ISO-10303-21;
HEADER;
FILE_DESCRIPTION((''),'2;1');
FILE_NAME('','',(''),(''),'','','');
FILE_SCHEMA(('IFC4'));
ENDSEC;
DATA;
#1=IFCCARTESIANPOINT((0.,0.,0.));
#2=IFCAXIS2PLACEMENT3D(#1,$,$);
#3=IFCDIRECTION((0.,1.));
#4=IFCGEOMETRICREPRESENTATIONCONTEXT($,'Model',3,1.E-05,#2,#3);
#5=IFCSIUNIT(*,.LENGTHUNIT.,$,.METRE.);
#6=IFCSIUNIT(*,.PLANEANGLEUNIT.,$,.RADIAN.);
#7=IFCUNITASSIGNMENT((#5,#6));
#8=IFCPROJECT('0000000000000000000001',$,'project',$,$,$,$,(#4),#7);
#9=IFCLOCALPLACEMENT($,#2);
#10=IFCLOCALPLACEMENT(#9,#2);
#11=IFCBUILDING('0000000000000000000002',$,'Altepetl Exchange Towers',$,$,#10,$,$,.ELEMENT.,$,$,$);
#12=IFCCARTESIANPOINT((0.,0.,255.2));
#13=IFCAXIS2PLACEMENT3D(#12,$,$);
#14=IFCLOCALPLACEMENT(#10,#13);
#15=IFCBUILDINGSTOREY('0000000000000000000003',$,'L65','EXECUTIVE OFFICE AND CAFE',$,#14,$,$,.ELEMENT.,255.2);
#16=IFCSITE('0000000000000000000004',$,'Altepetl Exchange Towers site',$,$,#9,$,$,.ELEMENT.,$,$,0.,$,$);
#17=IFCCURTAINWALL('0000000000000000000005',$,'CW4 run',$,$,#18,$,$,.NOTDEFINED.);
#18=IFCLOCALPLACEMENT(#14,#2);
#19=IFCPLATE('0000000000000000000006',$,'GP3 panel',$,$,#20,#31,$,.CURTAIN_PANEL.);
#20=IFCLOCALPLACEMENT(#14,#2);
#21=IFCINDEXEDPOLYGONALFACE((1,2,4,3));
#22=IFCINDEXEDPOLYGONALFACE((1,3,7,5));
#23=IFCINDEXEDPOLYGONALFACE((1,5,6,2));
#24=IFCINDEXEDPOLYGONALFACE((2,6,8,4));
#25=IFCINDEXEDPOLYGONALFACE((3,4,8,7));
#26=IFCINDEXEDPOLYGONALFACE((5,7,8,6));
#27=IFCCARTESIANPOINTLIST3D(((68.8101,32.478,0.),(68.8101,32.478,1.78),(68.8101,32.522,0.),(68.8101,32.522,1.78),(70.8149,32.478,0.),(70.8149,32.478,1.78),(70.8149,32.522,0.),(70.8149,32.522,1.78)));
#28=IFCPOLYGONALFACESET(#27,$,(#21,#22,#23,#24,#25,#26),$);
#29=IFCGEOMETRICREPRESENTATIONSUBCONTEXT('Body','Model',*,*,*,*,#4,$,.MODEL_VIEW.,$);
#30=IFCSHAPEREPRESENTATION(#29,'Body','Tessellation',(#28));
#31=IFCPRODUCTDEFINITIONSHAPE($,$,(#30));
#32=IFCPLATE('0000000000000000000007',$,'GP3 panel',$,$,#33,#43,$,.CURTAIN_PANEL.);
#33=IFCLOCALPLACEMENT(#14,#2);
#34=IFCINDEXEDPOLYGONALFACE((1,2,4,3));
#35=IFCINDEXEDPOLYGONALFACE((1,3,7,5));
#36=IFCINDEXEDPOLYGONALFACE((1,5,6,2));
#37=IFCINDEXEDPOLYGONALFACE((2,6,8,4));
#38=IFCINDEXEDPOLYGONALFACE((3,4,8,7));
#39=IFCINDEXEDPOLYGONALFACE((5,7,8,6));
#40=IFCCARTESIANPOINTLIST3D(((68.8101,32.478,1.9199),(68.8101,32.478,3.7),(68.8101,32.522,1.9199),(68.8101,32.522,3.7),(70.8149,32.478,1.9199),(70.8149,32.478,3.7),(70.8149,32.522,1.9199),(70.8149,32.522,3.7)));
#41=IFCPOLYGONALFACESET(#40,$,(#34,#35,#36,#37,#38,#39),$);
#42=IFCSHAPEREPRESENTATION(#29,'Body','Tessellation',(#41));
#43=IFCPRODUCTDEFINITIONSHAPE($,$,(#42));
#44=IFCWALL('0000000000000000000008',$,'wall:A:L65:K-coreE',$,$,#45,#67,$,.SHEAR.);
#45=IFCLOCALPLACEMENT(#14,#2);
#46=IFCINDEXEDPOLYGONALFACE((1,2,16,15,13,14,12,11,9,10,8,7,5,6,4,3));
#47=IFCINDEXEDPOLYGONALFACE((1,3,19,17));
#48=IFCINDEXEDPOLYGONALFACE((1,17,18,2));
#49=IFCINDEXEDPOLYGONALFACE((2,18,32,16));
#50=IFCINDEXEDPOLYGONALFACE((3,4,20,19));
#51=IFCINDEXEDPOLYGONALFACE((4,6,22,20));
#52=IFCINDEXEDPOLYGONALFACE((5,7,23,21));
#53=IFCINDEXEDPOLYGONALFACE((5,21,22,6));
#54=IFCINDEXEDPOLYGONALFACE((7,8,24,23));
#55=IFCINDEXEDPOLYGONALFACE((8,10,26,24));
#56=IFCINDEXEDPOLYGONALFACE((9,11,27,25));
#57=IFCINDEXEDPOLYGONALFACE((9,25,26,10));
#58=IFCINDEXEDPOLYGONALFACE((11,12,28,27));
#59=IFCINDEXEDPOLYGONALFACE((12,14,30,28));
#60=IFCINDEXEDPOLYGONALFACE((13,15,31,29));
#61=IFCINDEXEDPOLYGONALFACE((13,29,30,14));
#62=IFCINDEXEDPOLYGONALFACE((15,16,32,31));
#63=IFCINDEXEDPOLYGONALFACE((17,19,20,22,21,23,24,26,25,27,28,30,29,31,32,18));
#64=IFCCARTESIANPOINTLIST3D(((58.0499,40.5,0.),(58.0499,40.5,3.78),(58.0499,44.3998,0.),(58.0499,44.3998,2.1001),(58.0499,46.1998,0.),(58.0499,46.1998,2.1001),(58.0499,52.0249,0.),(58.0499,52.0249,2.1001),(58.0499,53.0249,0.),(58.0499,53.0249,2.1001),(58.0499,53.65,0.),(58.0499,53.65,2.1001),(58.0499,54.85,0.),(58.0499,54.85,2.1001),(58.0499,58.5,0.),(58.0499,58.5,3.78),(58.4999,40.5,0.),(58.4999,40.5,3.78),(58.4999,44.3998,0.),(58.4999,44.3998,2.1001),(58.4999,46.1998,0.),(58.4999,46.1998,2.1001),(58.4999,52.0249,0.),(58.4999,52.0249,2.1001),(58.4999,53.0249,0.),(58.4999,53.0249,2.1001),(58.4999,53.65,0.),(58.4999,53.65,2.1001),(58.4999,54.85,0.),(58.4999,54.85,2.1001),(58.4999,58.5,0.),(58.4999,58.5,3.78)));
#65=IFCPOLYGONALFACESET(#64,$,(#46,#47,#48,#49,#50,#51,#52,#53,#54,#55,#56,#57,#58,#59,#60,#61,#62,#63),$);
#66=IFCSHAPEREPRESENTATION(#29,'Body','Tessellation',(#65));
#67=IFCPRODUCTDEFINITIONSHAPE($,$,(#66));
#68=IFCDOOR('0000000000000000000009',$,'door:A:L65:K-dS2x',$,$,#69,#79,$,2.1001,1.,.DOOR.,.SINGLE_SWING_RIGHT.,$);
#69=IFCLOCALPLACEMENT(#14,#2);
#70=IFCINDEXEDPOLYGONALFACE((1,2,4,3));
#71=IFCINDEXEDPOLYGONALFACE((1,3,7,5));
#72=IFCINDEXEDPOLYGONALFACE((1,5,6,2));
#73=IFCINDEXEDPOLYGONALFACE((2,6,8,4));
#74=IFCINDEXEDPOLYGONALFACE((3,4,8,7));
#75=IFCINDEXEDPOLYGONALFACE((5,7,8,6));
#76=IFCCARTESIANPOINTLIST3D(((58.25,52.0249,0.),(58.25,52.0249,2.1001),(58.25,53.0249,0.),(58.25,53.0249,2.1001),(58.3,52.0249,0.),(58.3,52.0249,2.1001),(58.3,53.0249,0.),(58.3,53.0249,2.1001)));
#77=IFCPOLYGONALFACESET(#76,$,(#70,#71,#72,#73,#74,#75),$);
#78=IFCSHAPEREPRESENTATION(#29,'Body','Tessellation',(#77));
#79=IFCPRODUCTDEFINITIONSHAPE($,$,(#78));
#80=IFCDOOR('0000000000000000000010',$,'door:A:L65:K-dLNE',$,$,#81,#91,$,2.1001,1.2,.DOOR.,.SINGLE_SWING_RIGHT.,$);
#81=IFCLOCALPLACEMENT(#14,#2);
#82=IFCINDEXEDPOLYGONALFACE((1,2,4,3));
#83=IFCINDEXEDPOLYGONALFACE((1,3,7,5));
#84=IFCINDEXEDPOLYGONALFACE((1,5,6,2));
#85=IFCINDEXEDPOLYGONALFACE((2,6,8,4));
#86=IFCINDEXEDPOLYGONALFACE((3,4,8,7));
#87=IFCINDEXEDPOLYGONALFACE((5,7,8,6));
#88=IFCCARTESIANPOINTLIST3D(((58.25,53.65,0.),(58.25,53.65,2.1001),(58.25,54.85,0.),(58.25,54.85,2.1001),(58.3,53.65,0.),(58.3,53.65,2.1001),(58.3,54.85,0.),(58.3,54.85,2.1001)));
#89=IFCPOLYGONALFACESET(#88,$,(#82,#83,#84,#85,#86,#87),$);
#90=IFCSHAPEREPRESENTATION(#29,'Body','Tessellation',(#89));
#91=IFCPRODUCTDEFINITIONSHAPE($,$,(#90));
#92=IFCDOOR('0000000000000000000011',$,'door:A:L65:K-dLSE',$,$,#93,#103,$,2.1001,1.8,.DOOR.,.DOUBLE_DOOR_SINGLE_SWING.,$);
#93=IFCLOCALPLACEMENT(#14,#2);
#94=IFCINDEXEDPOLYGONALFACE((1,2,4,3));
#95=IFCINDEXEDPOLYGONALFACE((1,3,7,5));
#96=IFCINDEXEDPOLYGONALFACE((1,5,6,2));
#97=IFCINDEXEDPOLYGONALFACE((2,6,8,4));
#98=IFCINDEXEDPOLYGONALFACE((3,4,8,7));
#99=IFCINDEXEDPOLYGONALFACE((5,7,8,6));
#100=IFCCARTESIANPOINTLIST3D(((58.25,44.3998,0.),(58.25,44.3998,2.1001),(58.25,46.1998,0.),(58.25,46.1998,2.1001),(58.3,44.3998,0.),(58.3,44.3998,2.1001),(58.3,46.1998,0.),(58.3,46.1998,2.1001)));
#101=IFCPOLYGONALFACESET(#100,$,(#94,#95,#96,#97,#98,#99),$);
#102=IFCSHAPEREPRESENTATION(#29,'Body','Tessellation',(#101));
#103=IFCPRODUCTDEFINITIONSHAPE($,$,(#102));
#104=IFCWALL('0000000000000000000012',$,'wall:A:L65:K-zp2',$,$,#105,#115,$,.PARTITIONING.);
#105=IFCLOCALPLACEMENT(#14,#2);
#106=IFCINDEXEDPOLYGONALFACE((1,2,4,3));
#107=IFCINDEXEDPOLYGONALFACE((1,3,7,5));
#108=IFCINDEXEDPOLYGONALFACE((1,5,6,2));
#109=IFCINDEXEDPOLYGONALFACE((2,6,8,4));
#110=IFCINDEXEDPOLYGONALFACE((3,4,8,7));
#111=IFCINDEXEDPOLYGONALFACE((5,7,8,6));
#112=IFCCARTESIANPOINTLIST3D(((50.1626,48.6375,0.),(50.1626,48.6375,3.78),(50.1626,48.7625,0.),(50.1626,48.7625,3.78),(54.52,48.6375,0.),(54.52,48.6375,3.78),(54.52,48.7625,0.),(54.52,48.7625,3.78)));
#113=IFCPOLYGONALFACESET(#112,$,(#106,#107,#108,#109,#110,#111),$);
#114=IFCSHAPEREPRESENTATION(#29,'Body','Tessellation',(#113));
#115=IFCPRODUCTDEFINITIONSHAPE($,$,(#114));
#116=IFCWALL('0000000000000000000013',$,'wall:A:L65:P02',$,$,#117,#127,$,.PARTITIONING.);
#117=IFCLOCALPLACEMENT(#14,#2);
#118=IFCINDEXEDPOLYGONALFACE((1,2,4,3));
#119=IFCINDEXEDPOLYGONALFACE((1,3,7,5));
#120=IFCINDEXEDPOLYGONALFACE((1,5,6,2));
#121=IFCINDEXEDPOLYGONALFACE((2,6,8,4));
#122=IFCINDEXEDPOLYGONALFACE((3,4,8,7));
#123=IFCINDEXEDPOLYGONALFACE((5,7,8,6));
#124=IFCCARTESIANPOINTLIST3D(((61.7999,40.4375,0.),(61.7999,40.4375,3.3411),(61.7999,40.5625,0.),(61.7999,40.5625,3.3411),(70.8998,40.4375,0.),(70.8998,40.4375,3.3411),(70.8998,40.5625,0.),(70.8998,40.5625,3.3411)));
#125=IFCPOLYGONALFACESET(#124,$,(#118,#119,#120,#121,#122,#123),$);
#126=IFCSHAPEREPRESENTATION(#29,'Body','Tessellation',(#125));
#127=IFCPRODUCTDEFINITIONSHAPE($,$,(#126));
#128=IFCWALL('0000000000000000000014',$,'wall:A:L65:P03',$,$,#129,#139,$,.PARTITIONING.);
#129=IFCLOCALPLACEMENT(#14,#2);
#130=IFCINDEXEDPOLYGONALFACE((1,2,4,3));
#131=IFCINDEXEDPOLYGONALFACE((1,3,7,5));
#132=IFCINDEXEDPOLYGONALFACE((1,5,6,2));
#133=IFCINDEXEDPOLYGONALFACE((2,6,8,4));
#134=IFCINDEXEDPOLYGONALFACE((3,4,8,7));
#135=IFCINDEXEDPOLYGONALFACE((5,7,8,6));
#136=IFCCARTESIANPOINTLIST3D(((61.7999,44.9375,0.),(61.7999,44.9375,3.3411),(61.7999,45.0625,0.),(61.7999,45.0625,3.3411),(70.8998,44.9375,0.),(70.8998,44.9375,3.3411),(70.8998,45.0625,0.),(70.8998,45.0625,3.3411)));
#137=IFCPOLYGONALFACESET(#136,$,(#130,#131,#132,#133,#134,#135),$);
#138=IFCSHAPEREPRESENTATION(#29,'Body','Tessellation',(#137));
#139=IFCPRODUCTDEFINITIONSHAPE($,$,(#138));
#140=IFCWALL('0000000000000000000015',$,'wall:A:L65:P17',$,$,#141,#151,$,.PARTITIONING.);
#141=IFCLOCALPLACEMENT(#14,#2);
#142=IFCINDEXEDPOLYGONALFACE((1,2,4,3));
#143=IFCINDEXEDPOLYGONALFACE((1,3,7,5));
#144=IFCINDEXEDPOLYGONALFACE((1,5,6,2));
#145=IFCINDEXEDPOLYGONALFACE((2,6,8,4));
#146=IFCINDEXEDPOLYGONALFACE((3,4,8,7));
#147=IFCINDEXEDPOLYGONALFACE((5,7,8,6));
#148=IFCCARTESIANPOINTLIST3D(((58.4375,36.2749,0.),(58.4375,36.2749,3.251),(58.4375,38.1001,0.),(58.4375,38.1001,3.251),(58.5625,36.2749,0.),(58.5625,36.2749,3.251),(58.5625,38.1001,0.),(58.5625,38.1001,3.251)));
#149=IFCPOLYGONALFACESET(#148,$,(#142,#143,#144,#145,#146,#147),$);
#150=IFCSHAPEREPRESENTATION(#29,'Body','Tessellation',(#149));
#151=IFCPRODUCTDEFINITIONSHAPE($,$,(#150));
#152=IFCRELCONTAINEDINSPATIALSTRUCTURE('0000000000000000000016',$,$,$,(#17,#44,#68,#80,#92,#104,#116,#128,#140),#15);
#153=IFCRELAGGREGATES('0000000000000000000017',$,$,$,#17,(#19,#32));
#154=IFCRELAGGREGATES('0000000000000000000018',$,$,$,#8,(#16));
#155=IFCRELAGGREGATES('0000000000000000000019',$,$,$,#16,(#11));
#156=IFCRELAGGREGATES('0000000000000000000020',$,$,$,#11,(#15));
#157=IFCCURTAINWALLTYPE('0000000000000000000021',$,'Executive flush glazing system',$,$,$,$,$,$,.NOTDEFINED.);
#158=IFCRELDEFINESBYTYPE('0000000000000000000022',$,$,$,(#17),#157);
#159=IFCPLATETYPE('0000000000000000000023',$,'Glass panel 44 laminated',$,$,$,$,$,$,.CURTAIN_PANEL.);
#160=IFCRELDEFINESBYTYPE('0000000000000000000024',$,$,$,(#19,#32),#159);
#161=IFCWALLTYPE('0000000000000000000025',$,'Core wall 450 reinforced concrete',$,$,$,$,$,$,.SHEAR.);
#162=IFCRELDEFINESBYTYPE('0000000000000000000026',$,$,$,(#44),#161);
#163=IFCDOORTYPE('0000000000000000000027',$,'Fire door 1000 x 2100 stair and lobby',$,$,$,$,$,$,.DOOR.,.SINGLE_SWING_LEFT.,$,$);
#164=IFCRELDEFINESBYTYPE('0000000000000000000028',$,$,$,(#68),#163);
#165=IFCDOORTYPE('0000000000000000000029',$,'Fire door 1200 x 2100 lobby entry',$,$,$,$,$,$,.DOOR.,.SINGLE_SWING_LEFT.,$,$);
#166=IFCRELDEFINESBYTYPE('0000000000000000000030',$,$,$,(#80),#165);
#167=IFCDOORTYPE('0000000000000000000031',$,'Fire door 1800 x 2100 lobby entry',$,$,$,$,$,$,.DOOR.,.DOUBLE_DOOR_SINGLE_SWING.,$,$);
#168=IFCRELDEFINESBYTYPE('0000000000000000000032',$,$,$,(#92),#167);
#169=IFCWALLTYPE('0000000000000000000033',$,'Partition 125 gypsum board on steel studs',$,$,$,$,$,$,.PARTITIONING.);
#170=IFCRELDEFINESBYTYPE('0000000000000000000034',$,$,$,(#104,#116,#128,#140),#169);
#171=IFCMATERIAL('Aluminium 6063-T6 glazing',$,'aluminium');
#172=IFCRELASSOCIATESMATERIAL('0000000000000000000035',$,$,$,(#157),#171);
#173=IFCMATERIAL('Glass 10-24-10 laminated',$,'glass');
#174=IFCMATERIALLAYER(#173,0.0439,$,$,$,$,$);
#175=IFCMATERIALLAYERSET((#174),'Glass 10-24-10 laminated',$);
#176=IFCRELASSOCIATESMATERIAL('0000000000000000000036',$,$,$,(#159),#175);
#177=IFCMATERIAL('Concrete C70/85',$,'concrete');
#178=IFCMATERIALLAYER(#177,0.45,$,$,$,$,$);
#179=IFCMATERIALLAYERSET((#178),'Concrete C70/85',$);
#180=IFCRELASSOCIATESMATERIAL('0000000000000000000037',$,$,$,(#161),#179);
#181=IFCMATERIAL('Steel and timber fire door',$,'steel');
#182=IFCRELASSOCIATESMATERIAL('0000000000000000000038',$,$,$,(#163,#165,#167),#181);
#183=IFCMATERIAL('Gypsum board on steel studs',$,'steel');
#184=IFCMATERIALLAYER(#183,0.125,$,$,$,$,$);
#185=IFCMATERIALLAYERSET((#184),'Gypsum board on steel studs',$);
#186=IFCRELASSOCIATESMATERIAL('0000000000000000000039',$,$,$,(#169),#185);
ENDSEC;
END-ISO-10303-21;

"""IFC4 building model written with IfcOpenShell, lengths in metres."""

from ifc_helpers import new_model, si_unit, direction, frame, frame_2d, origin, origin_2d, place, context, subcontext, project, spatial, rectangle, extrude, material, layer, layer_set, type_object, element, fill, aggregate, save


model = new_model("IFC4")

# Units and contexts
model_context = context("Model", 3, precision=1e-05, world=origin(), true_north=direction((0.0, 1.0)))
body_context = subcontext(model_context, "Body", "Model", "MODEL_VIEW")
ifc_project = project(units=[si_unit("LENGTHUNIT", "METRE"), si_unit("PLANEANGLEUNIT", "RADIAN")], contexts=[model_context])

# Site, building, storey
site_placement = place(None, origin())
site = spatial("IfcSite", under=ifc_project, at=site_placement, Name="Altepetl Exchange Towers site", CompositionType="ELEMENT", RefElevation=0.0)
building_placement = place(site_placement, origin())
building = spatial("IfcBuilding", under=site, at=building_placement, Name="Altepetl Exchange Towers", CompositionType="ELEMENT")
storey_placement = place(building_placement, frame((0.0, 0.0, 255.2)))
storey = spatial("IfcBuildingStorey", under=building, at=storey_placement, Name="L65", Description="EXECUTIVE OFFICE AND CAFE", CompositionType="ELEMENT", Elevation=255.2)

# Shared definitions
ifc_material_1 = material(Name="Concrete C70/85", Category="concrete")

# Curtain wall, plates
ifc_material_2 = material(Name="Aluminium 6063-T6 glazing", Category="aluminium")
curtain_wall_type = type_object("IfcCurtainWallType", Name="Executive flush glazing system", PredefinedType="NOTDEFINED", material=ifc_material_2)
curtain_wall_placement = place(storey_placement, origin())
curtain_wall = element("IfcCurtainWall", 1, at=curtain_wall_placement, inside=storey, type_object=curtain_wall_type, Name="CW4 run", PredefinedType="NOTDEFINED")
ifc_material_3 = material(Name="Glass 10-24-10 laminated", Category="glass")
ifc_layer_1 = layer(ifc_material_3, 0.0439)
ifc_layer_set_1 = layer_set([ifc_layer_1], Name="Glass 10-24-10 laminated")
plate_type = type_object("IfcPlateType", Name="Glass panel 44 laminated", PredefinedType="CURTAIN_PANEL", material=ifc_layer_set_1)
plate_1_placement = place(storey_placement, frame((69.8125, 32.5, 0.0)))
plate_1 = element("IfcPlate", 2, at=plate_1_placement, type_object=plate_type, Name="GP3 panel", PredefinedType="CURTAIN_PANEL", context=body_context, shape_type="SweptSolid", body=[
    extrude(rectangle(XDim=2.0049, YDim=0.0439, at=origin_2d()), origin(), (0.0, 0.0, 1.0), 1.78),
])
plate_2_placement = place(storey_placement, frame((69.8125, 32.5, 1.9199)))
plate_2 = element("IfcPlate", 3, at=plate_2_placement, type_object=plate_type, Name="GP3 panel", PredefinedType="CURTAIN_PANEL", context=body_context, shape_type="SweptSolid", body=[
    extrude(rectangle(XDim=2.0049, YDim=0.0439, at=origin_2d()), origin(), (0.0, 0.0, 1.0), 1.78),
])
aggregate(curtain_wall, [plate_1, plate_2])

# Wall, openings, doors
ifc_layer_2 = layer(ifc_material_1, 0.45)
ifc_layer_set_2 = layer_set([ifc_layer_2], Name="Concrete C70/85")
wall_type_1 = type_object("IfcWallType", Name="Core wall 450 reinforced concrete", PredefinedType="SHEAR", material=ifc_layer_set_2)
wall_1_placement = place(storey_placement, frame((58.2749, 40.5, 0.0), z_axis=(0.0, 0.0, 1.0), x_axis=(0.0, 1.0, 0.0)))
wall_1 = element("IfcWall", 4, at=wall_1_placement, inside=storey, type_object=wall_type_1, Name="wall:A:L65:K-coreE", PredefinedType="SHEAR", context=body_context, shape_type="SweptSolid", body=[
    extrude(rectangle(XDim=18.0, YDim=0.45, at=frame_2d((9.0, 0.0))), origin(), (0.0, 0.0, 1.0), 3.78),
])
opening_1_placement = place(wall_1_placement, frame((13.1499, 0.0, 0.0)))
opening_1 = element("IfcOpeningElement", 5, at=opening_1_placement, cuts=wall_1, PredefinedType="OPENING", context=body_context, shape_type="SweptSolid", body=[
    extrude(rectangle(XDim=1.2, YDim=2.1001, at=frame_2d((0.6001, 1.05))), frame((0.0, 0.2349, 0.0), z_axis=(0.0, -1.0, 0.0), x_axis=(1.0, 0.0, 0.0)), (0.0, 0.0, 1.0), 0.47),
])
opening_2_placement = place(wall_1_placement, frame((3.8999, 0.0, 0.0)))
opening_2 = element("IfcOpeningElement", 6, at=opening_2_placement, cuts=wall_1, PredefinedType="OPENING", context=body_context, shape_type="SweptSolid", body=[
    extrude(rectangle(XDim=1.8, YDim=2.1001, at=frame_2d((0.8999, 1.05))), frame((0.0, 0.2349, 0.0), z_axis=(0.0, -1.0, 0.0), x_axis=(1.0, 0.0, 0.0)), (0.0, 0.0, 1.0), 0.47),
])
opening_3_placement = place(wall_1_placement, frame((11.5249, 0.0, 0.0)))
opening_3 = element("IfcOpeningElement", 7, at=opening_3_placement, cuts=wall_1, PredefinedType="OPENING", context=body_context, shape_type="SweptSolid", body=[
    extrude(rectangle(XDim=1.0, YDim=2.1001, at=frame_2d((0.5, 1.05))), frame((0.0, 0.2349, 0.0), z_axis=(0.0, -1.0, 0.0), x_axis=(1.0, 0.0, 0.0)), (0.0, 0.0, 1.0), 0.47),
])
ifc_material_4 = material(Name="Steel and timber fire door", Category="steel")
door_type_1 = type_object("IfcDoorType", Name="Fire door 1000 x 2100 stair and lobby", OperationType="SINGLE_SWING_LEFT", PredefinedType="DOOR", material=ifc_material_4)
door_1_placement = place(opening_3_placement, origin())
door_1 = element("IfcDoor", 8, at=door_1_placement, inside=storey, type_object=door_type_1, Name="door:A:L65:K-dS2x", OperationType="SINGLE_SWING_RIGHT", OverallHeight=2.1001, OverallWidth=1.0, PredefinedType="DOOR", context=body_context, shape_type="SweptSolid", body=[
    extrude(rectangle(XDim=1.0, YDim=2.1001, at=frame_2d((0.5, 1.05))), frame((0.0, 0.0249, 0.0), z_axis=(0.0, -1.0, 0.0), x_axis=(1.0, 0.0, 0.0)), (0.0, 0.0, 1.0), 0.05),
])
fill(opening_3, door_1)
door_type_2 = type_object("IfcDoorType", Name="Fire door 1200 x 2100 lobby entry", OperationType="SINGLE_SWING_LEFT", PredefinedType="DOOR", material=ifc_material_4)
door_2_placement = place(opening_1_placement, origin())
door_2 = element("IfcDoor", 9, at=door_2_placement, inside=storey, type_object=door_type_2, Name="door:A:L65:K-dLNE", OperationType="SINGLE_SWING_RIGHT", OverallHeight=2.1001, OverallWidth=1.2, PredefinedType="DOOR", context=body_context, shape_type="SweptSolid", body=[
    extrude(rectangle(XDim=1.2, YDim=2.1001, at=frame_2d((0.6001, 1.05))), frame((0.0, 0.0249, 0.0), z_axis=(0.0, -1.0, 0.0), x_axis=(1.0, 0.0, 0.0)), (0.0, 0.0, 1.0), 0.05),
])
fill(opening_1, door_2)
door_type_3 = type_object("IfcDoorType", Name="Fire door 1800 x 2100 lobby entry", OperationType="DOUBLE_DOOR_SINGLE_SWING", PredefinedType="DOOR", material=ifc_material_4)
door_3_placement = place(opening_2_placement, origin())
door_3 = element("IfcDoor", 10, at=door_3_placement, inside=storey, type_object=door_type_3, Name="door:A:L65:K-dLSE", OperationType="DOUBLE_DOOR_SINGLE_SWING", OverallHeight=2.1001, OverallWidth=1.8, PredefinedType="DOOR", context=body_context, shape_type="SweptSolid", body=[
    extrude(rectangle(XDim=1.8, YDim=2.1001, at=frame_2d((0.8999, 1.05))), frame((0.0, 0.0249, 0.0), z_axis=(0.0, -1.0, 0.0), x_axis=(1.0, 0.0, 0.0)), (0.0, 0.0, 1.0), 0.05),
])
fill(opening_2, door_3)

# Walls
ifc_material_5 = material(Name="Gypsum board on steel studs", Category="steel")
ifc_layer_3 = layer(ifc_material_5, 0.125)
ifc_layer_set_3 = layer_set([ifc_layer_3], Name="Gypsum board on steel studs")
wall_type_2 = type_object("IfcWallType", Name="Partition 125 gypsum board on steel studs", PredefinedType="PARTITIONING", material=ifc_layer_set_3)
wall_2_placement = place(storey_placement, frame((54.52, 48.7, 0.0), z_axis=(0.0, 0.0, 1.0), x_axis=(-1.0, 0.0, 0.0)))
element("IfcWall", 11, at=wall_2_placement, inside=storey, type_object=wall_type_2, Name="wall:A:L65:K-zp2", PredefinedType="PARTITIONING", context=body_context, shape_type="SweptSolid", body=[
    extrude(rectangle(XDim=4.3574, YDim=0.125, at=frame_2d((2.1787, 0.0))), origin(), (0.0, 0.0, 1.0), 3.78),
])
for number, where, name in (
    (12, (61.8, 40.5, 0.0), "wall:A:L65:P02"),
    (13, (61.8, 45.0, 0.0), "wall:A:L65:P03"),
):
    element("IfcWall", number, at=place(storey_placement, frame(where)), inside=storey, type_object=wall_type_2, Name=name, PredefinedType="PARTITIONING", context=body_context, shape_type="SweptSolid", body=[
        extrude(rectangle(XDim=9.0999, YDim=0.125, at=frame_2d((4.5498, 0.0))), origin(), (0.0, 0.0, 1.0), 3.3411),
    ])
wall_3_placement = place(storey_placement, frame((58.5, 36.2749, 0.0), z_axis=(0.0, 0.0, 1.0), x_axis=(0.0, 1.0, 0.0)))
element("IfcWall", 14, at=wall_3_placement, inside=storey, type_object=wall_type_2, Name="wall:A:L65:P17", PredefinedType="PARTITIONING", context=body_context, shape_type="SweptSolid", body=[
    extrude(rectangle(XDim=1.8252, YDim=0.125, at=frame_2d((0.9126, 0.0))), origin(), (0.0, 0.0, 1.0), 3.251),
])

save(model, "model.ifc")
